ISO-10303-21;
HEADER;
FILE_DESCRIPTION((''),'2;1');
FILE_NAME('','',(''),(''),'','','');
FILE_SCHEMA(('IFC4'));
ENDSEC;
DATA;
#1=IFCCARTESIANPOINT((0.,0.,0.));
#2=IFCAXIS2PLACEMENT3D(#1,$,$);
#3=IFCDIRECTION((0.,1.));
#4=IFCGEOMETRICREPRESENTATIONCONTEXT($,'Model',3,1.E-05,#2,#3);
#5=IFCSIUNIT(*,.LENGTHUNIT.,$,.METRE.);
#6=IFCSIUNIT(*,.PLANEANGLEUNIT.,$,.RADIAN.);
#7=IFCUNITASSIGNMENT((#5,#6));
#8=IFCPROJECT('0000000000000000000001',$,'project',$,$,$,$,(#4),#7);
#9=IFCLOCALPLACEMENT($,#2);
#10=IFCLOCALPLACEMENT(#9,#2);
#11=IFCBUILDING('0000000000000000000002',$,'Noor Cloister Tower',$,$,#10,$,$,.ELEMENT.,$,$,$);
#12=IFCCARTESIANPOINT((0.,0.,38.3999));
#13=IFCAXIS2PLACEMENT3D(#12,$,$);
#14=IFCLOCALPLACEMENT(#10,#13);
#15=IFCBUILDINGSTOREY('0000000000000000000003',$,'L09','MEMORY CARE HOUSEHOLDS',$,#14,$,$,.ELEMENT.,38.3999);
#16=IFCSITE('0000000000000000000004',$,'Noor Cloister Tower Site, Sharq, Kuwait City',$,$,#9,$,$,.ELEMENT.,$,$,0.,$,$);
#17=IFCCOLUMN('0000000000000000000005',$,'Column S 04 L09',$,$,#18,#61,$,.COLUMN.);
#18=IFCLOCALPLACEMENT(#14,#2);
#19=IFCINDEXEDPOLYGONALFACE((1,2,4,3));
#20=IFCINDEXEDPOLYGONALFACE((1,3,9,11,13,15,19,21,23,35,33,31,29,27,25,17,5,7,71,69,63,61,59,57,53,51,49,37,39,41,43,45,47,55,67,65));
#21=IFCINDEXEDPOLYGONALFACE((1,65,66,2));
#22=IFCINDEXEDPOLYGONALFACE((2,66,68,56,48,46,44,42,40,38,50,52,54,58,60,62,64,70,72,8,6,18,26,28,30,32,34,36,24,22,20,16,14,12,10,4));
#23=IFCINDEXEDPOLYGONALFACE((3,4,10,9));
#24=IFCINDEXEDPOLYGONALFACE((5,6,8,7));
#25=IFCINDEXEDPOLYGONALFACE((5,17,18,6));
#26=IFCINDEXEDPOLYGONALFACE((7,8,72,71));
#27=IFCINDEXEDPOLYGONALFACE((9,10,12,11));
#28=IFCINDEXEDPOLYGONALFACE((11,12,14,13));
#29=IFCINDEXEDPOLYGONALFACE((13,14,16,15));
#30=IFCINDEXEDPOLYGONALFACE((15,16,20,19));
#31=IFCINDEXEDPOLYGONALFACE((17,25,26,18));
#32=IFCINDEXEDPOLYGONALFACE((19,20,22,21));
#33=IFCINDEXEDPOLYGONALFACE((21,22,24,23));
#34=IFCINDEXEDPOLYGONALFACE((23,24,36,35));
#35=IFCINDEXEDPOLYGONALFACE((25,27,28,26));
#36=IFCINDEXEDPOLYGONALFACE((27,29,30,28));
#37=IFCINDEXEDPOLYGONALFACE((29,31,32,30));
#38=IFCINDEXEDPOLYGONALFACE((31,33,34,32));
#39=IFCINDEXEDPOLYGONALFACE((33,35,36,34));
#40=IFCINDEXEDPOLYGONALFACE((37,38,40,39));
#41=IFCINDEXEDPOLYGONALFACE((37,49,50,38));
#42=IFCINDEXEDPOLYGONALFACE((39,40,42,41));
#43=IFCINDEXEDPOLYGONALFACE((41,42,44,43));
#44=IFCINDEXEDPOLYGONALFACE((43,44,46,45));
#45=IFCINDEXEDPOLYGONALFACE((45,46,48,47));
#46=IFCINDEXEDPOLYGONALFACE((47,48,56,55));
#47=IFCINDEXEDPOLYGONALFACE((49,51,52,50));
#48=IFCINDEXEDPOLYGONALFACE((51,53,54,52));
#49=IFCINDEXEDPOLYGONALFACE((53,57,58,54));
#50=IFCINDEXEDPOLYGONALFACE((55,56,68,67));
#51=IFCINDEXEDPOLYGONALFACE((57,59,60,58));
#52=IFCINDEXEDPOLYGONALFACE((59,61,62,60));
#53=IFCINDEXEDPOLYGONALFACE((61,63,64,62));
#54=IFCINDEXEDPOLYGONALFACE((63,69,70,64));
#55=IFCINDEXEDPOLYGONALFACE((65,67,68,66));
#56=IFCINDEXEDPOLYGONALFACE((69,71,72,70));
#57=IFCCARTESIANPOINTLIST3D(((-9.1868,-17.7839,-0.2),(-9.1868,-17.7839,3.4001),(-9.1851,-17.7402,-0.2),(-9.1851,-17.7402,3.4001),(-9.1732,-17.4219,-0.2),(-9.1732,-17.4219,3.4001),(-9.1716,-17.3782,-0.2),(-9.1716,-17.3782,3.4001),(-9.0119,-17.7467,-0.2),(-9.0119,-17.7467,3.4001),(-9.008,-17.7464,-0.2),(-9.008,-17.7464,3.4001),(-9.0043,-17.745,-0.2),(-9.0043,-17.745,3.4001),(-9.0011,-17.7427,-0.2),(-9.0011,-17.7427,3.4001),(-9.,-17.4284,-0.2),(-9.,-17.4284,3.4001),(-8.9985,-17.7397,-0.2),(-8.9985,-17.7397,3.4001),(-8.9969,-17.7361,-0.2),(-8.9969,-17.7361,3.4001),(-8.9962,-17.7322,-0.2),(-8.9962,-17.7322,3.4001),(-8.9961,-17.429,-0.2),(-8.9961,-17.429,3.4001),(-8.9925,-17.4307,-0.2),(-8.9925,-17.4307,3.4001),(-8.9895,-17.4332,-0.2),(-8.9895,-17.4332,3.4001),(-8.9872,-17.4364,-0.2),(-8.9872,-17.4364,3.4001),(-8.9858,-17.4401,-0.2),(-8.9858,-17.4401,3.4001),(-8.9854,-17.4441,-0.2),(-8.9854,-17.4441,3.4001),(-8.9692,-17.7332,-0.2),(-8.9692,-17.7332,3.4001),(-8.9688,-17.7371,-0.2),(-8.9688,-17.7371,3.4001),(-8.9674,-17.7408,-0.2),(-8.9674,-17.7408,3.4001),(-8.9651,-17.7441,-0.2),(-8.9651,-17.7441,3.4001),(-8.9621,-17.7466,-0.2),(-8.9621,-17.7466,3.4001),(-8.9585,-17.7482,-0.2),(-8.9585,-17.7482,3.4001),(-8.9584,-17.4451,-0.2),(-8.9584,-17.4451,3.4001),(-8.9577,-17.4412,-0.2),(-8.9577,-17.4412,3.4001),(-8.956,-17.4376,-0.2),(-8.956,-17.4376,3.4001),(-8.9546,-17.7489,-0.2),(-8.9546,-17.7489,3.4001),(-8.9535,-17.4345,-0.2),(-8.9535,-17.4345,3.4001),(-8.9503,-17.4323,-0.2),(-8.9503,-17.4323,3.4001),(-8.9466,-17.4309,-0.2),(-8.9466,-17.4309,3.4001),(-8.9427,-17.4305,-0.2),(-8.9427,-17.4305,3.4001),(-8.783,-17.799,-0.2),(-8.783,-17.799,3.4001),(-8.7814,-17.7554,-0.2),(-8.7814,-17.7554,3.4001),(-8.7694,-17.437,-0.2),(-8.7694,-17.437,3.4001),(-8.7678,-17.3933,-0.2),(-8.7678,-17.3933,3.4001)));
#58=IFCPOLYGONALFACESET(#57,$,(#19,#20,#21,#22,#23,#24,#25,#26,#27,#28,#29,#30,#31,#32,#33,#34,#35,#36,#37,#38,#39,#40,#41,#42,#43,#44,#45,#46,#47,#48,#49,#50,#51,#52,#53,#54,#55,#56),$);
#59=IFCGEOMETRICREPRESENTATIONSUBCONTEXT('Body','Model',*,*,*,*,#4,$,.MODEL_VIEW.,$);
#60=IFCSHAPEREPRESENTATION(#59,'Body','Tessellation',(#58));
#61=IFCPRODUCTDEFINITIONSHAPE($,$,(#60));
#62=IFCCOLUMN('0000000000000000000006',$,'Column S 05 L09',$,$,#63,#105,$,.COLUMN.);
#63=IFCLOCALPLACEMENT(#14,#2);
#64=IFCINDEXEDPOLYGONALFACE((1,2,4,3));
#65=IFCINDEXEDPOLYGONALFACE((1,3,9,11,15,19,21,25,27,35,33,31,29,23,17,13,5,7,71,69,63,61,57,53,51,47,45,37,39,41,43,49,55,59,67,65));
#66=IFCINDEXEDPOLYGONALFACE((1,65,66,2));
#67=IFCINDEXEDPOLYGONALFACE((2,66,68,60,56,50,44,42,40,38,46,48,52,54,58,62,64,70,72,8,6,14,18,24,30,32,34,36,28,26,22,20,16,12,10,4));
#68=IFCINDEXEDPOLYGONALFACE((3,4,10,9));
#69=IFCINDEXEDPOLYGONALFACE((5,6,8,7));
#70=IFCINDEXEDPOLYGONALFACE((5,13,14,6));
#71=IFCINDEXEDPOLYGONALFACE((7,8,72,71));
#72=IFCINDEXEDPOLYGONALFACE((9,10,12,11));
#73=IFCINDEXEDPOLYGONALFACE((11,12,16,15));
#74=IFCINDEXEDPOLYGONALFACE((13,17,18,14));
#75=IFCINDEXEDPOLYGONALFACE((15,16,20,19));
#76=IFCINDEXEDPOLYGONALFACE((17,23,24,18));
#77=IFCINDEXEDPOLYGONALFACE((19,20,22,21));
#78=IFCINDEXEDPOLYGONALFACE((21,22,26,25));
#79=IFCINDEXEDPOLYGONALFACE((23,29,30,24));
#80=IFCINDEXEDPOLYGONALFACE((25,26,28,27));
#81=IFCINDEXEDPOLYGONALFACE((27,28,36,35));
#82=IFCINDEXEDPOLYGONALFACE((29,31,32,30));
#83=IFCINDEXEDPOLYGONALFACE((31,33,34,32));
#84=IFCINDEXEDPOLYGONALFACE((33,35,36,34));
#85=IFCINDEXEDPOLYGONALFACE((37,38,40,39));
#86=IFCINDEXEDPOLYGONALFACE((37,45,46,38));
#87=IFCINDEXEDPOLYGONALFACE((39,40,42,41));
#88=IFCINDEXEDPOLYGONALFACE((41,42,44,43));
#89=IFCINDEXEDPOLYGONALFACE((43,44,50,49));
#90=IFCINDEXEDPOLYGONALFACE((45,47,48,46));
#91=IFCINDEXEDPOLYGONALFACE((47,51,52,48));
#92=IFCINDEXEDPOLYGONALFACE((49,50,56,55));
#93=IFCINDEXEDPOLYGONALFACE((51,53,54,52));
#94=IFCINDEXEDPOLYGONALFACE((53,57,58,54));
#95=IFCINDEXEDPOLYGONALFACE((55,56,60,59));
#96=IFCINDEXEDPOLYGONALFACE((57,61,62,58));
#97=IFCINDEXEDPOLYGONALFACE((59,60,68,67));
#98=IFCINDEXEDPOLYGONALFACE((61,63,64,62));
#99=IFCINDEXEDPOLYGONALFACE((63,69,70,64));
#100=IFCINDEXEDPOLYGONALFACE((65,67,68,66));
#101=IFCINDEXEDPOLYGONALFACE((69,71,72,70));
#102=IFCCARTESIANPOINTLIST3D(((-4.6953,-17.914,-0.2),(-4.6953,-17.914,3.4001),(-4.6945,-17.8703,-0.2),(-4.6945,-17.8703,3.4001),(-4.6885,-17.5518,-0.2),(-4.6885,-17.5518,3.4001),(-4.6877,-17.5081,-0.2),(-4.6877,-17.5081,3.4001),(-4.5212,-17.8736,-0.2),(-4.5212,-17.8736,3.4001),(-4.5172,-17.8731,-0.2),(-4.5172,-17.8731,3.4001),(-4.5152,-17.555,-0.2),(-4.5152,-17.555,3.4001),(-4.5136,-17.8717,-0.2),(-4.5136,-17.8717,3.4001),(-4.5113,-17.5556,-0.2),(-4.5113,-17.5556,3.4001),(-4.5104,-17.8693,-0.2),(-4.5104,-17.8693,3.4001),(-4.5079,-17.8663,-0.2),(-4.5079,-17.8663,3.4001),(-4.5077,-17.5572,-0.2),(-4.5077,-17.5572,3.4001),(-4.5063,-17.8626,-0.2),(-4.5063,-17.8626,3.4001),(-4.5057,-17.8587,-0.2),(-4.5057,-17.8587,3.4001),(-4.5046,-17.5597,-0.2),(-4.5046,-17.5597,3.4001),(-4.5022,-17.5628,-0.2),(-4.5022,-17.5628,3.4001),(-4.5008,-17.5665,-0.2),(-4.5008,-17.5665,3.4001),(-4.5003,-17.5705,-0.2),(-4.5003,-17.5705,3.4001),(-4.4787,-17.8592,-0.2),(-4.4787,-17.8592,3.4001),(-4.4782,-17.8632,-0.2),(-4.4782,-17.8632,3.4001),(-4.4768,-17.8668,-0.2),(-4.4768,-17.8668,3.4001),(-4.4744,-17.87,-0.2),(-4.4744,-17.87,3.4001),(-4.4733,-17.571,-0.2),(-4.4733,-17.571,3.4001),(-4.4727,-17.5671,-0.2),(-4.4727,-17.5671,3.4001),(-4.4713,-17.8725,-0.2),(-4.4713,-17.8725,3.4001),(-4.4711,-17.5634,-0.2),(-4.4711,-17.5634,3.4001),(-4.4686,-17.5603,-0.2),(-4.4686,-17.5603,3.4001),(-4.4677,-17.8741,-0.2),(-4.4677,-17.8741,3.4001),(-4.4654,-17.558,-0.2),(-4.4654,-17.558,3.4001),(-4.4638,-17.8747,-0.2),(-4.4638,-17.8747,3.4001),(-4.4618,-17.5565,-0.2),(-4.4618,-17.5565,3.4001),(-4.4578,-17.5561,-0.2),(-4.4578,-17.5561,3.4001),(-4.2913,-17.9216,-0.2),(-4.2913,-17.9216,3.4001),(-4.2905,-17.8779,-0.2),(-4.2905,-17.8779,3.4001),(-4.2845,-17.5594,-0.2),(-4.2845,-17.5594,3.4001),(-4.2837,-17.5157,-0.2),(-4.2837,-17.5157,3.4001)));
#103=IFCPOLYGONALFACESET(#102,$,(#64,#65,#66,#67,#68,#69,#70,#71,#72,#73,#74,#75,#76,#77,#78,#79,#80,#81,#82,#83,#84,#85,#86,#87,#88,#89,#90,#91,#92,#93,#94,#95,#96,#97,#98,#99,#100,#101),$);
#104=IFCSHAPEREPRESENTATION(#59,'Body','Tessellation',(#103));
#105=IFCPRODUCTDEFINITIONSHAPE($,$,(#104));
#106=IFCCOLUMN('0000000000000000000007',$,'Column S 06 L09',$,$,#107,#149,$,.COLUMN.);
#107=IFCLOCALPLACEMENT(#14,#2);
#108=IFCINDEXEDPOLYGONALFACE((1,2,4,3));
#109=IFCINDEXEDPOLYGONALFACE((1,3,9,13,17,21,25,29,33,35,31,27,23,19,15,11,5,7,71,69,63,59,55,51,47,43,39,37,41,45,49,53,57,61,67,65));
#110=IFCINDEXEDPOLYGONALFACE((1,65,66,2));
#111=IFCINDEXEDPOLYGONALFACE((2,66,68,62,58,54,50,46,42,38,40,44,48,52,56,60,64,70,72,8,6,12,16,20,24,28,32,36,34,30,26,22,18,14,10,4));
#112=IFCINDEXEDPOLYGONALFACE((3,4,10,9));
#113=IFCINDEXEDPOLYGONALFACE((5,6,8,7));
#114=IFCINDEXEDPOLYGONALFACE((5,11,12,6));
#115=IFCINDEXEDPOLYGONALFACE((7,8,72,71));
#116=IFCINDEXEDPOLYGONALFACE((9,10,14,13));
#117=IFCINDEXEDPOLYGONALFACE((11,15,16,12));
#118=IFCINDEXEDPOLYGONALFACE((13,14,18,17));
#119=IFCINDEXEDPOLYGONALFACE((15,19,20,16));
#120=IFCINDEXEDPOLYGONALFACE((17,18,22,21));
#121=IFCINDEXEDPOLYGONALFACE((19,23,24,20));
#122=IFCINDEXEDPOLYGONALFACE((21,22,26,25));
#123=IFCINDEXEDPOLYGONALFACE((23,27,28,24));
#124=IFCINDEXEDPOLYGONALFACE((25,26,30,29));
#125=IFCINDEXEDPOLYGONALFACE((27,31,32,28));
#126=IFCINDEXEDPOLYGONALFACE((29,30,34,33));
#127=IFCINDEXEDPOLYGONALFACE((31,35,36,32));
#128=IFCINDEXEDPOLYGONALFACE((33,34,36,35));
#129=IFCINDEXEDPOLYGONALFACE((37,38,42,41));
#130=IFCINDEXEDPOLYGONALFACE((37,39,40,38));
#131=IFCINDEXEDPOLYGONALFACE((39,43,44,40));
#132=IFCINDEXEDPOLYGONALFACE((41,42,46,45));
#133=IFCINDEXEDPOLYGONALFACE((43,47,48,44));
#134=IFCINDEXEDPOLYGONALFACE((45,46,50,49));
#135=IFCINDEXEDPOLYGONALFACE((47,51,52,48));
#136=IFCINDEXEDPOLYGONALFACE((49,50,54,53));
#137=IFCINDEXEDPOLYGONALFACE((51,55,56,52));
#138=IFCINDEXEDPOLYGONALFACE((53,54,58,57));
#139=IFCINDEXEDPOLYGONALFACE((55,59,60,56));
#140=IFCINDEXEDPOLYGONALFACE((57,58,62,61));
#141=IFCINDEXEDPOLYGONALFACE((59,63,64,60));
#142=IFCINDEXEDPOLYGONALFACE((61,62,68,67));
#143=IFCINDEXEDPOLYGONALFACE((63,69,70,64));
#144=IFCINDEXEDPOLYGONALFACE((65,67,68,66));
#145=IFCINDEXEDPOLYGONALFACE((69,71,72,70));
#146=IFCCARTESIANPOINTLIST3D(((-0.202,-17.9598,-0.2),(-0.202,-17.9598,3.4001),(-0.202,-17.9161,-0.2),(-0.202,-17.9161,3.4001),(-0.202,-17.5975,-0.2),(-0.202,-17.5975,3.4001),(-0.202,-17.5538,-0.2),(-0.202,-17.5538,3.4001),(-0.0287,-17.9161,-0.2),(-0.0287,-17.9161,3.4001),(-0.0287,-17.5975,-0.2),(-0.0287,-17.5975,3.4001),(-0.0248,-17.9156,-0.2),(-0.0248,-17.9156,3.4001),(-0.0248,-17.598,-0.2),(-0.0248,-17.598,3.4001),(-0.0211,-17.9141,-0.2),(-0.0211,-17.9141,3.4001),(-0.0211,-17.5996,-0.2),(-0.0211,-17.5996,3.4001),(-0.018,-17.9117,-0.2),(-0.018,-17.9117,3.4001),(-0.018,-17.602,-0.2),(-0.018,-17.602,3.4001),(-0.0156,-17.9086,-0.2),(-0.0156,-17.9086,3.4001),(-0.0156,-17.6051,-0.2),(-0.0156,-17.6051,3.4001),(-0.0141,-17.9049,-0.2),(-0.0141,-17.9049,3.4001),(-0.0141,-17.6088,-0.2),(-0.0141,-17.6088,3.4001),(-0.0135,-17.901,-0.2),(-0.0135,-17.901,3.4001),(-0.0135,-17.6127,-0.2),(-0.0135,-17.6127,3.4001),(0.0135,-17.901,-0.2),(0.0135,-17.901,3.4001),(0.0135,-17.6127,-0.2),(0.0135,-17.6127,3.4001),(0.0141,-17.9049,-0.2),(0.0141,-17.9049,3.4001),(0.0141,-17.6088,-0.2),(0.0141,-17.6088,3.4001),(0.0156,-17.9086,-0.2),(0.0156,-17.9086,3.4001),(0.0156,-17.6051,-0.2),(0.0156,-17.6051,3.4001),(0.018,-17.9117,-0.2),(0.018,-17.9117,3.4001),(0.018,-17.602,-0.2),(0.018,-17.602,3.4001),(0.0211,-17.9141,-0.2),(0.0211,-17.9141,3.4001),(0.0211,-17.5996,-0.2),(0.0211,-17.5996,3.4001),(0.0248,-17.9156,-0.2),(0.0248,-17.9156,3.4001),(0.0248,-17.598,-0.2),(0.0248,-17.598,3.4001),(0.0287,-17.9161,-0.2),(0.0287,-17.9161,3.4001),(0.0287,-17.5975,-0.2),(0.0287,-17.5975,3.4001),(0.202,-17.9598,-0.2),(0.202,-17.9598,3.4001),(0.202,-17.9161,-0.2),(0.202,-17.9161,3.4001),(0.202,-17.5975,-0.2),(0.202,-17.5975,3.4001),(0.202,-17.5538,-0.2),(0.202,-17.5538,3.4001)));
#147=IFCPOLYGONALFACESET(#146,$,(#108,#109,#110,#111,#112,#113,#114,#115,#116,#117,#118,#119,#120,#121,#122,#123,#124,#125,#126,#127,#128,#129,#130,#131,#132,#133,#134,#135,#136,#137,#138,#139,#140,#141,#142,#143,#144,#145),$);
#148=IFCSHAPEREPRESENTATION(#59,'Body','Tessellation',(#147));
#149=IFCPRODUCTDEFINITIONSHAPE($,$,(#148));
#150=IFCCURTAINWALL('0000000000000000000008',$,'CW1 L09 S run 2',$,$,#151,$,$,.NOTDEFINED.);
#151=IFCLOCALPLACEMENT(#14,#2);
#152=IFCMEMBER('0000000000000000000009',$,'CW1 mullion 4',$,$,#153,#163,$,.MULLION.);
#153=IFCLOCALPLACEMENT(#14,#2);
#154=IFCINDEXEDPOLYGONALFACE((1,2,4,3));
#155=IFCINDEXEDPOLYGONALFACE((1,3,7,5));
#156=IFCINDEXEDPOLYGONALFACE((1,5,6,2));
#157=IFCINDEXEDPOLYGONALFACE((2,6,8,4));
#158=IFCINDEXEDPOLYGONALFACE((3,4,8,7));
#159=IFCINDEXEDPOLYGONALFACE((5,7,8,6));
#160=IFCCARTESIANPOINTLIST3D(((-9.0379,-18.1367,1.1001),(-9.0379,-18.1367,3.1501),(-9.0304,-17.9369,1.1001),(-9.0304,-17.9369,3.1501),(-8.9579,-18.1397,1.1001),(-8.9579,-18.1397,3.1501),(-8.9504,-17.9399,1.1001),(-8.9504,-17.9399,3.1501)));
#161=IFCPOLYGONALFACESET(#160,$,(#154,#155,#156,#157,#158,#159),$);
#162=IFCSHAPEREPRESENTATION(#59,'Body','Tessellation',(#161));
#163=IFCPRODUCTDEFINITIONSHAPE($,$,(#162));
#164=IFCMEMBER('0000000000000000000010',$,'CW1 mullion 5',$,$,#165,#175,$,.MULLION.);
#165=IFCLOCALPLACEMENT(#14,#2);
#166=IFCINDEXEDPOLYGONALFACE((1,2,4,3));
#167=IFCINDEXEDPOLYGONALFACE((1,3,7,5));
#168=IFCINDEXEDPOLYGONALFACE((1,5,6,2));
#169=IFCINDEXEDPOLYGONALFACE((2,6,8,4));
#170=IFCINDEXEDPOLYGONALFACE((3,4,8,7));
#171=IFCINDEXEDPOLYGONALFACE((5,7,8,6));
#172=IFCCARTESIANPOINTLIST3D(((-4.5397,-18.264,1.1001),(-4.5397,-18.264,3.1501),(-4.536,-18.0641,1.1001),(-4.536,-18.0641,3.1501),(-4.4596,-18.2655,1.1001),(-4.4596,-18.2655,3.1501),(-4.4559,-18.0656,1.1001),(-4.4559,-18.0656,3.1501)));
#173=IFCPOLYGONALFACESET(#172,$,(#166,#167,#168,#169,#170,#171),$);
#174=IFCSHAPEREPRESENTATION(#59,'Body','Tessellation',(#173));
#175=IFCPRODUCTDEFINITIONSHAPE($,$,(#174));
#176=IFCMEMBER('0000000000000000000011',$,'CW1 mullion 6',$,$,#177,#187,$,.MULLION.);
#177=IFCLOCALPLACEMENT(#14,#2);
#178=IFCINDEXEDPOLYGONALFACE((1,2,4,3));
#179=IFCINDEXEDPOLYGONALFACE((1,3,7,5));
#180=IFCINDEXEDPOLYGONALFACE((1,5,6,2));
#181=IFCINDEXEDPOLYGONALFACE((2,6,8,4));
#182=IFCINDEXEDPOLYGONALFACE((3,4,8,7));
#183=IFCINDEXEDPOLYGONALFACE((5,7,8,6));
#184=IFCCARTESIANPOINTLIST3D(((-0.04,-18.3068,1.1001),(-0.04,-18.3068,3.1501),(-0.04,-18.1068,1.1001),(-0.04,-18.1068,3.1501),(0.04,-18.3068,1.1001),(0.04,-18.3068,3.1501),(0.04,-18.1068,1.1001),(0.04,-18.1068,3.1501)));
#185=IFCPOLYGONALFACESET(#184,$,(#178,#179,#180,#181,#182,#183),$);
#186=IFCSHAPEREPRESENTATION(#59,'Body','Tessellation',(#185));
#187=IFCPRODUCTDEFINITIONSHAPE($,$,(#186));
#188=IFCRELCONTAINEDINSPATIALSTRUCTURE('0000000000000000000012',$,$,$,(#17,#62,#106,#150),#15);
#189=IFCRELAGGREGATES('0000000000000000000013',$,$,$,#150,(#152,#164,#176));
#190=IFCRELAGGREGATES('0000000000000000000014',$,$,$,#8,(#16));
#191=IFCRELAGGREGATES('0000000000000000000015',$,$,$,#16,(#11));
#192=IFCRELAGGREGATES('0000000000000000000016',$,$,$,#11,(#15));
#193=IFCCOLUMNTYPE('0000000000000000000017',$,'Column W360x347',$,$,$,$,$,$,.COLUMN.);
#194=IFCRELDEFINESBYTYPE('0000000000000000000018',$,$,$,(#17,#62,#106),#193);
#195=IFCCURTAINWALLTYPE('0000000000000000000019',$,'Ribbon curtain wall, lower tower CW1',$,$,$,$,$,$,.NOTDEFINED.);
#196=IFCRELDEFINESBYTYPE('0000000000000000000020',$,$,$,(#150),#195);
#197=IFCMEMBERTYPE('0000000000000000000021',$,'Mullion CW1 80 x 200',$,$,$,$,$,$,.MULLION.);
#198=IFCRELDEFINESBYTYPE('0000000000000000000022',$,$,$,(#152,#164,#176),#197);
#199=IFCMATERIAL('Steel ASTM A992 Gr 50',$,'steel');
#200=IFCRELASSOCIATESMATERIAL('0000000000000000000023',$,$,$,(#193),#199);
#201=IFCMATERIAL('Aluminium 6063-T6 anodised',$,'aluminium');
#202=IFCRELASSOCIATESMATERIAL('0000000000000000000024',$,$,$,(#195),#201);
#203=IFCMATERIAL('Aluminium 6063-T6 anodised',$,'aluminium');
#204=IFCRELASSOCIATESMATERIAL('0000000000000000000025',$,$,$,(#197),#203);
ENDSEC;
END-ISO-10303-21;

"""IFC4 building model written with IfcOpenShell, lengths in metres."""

from ifc_helpers import new_model, si_unit, direction, frame, origin, origin_2d, place, context, subcontext, project, spatial, rectangle, i_section, extrude, material, material_profile, profile_set, type_object, element, aggregate, save


model = new_model("IFC4")

# Units and contexts
model_context = context("Model", 3, precision=1e-05, world=origin(), true_north=direction((0.0, 1.0)))
body_context = subcontext(model_context, "Body", "Model", "MODEL_VIEW")
ifc_project = project(units=[si_unit("LENGTHUNIT", "METRE"), si_unit("PLANEANGLEUNIT", "RADIAN")], contexts=[model_context])

# Site, building, storey
site_placement = place(None, origin())
site = spatial("IfcSite", under=ifc_project, at=site_placement, Name="Noor Cloister Tower Site, Sharq, Kuwait City", CompositionType="ELEMENT", RefElevation=0.0)
building_placement = place(site_placement, origin())
building = spatial("IfcBuilding", under=site, at=building_placement, Name="Noor Cloister Tower", CompositionType="ELEMENT")
storey_placement = place(building_placement, frame((0.0, 0.0, 38.3999)))
storey = spatial("IfcBuildingStorey", under=building, at=storey_placement, Name="L09", Description="MEMORY CARE HOUSEHOLDS", CompositionType="ELEMENT", Elevation=38.3999)

# Columns
ifc_material_1 = material(Name="Steel ASTM A992 Gr 50", Category="steel")
ifc_material_profile_1 = material_profile(ifc_material_1, i_section(OverallWidth=0.4041, OverallDepth=0.406, WebThickness=0.0271, FlangeThickness=0.0437, FilletRadius=0.0151, at=origin_2d()), Name="W360x347")
ifc_profile_set_1 = profile_set([ifc_material_profile_1], Name="Steel ASTM A992 Gr 50")
column_type = type_object("IfcColumnType", Name="Column W360x347", PredefinedType="COLUMN", material=ifc_profile_set_1)
for number, where, z_axis, x_axis, name in (
    (1, (-8.9773, -17.5886, -0.2), (0.0, 0.0, 1.0), (0.999299, -0.037446, 0.0), "Column S 04 L09"),
    (2, (-4.4895, -17.7148, -0.2), (0.0, 0.0, 1.0), (0.999825, -0.018726, 0.0), "Column S 05 L09"),
    (3, (0.0, -17.7568, -0.2), (0.0, 0.0, 1.0), (1.0, 0.0, 0.0), "Column S 06 L09"),
):
    element("IfcColumn", number, at=place(storey_placement, frame(where, z_axis=z_axis, x_axis=x_axis)), inside=storey, type_object=column_type, Name=name, PredefinedType="COLUMN", context=body_context, shape_type="SweptSolid", body=[
        extrude(i_section(OverallWidth=0.4041, OverallDepth=0.406, WebThickness=0.0271, FlangeThickness=0.0437, FilletRadius=0.0151, at=origin_2d()), origin(), (0.0, 0.0, 1.0), 3.6001),
    ])

# Curtain wall, members
ifc_material_2 = material(Name="Aluminium 6063-T6 anodised", Category="aluminium")
curtain_wall_type = type_object("IfcCurtainWallType", Name="Ribbon curtain wall, lower tower CW1", PredefinedType="NOTDEFINED", material=ifc_material_2)
curtain_wall_placement = place(storey_placement, origin())
curtain_wall = element("IfcCurtainWall", 4, at=curtain_wall_placement, inside=storey, type_object=curtain_wall_type, Name="CW1 L09 S run 2", PredefinedType="NOTDEFINED")
ifc_material_3 = material(Name="Aluminium 6063-T6 anodised", Category="aluminium")
ifc_material_profile_2 = material_profile(ifc_material_3, rectangle(XDim=0.2, YDim=0.0801, at=origin_2d()), Name="200 x 80 mullion")
ifc_profile_set_2 = profile_set([ifc_material_profile_2], Name="Aluminium 6063-T6 anodised")
member_type = type_object("IfcMemberType", Name="Mullion CW1 80 x 200", PredefinedType="MULLION", material=ifc_profile_set_2)
member_1_placement = place(storey_placement, frame((-8.9941, -18.0383, 1.1001), z_axis=(0.0, 0.0, 1.0), x_axis=(0.037446, 0.999299, 0.0)))
member_1 = element("IfcMember", 5, at=member_1_placement, type_object=member_type, Name="CW1 mullion 4", PredefinedType="MULLION", context=body_context, shape_type="SweptSolid", body=[
    extrude(rectangle(XDim=0.2, YDim=0.0801, at=origin_2d()), origin(), (0.0, 0.0, 1.0), 2.05),
])
member_2_placement = place(storey_placement, frame((-4.4978, -18.1648, 1.1001), z_axis=(0.0, 0.0, 1.0), x_axis=(0.018726, 0.999825, 0.0)))
member_2 = element("IfcMember", 6, at=member_2_placement, type_object=member_type, Name="CW1 mullion 5", PredefinedType="MULLION", context=body_context, shape_type="SweptSolid", body=[
    extrude(rectangle(XDim=0.2, YDim=0.0801, at=origin_2d()), origin(), (0.0, 0.0, 1.0), 2.05),
])
member_3_placement = place(storey_placement, frame((0.0, -18.2068, 1.1001), z_axis=(0.0, 0.0, 1.0), x_axis=(0.0, 1.0, 0.0)))
member_3 = element("IfcMember", 7, at=member_3_placement, type_object=member_type, Name="CW1 mullion 6", PredefinedType="MULLION", context=body_context, shape_type="SweptSolid", body=[
    extrude(rectangle(XDim=0.2, YDim=0.0801, at=origin_2d()), origin(), (0.0, 0.0, 1.0), 2.05),
])

aggregate(curtain_wall, [member_1, member_2, member_3])

save(model, "model.ifc")
